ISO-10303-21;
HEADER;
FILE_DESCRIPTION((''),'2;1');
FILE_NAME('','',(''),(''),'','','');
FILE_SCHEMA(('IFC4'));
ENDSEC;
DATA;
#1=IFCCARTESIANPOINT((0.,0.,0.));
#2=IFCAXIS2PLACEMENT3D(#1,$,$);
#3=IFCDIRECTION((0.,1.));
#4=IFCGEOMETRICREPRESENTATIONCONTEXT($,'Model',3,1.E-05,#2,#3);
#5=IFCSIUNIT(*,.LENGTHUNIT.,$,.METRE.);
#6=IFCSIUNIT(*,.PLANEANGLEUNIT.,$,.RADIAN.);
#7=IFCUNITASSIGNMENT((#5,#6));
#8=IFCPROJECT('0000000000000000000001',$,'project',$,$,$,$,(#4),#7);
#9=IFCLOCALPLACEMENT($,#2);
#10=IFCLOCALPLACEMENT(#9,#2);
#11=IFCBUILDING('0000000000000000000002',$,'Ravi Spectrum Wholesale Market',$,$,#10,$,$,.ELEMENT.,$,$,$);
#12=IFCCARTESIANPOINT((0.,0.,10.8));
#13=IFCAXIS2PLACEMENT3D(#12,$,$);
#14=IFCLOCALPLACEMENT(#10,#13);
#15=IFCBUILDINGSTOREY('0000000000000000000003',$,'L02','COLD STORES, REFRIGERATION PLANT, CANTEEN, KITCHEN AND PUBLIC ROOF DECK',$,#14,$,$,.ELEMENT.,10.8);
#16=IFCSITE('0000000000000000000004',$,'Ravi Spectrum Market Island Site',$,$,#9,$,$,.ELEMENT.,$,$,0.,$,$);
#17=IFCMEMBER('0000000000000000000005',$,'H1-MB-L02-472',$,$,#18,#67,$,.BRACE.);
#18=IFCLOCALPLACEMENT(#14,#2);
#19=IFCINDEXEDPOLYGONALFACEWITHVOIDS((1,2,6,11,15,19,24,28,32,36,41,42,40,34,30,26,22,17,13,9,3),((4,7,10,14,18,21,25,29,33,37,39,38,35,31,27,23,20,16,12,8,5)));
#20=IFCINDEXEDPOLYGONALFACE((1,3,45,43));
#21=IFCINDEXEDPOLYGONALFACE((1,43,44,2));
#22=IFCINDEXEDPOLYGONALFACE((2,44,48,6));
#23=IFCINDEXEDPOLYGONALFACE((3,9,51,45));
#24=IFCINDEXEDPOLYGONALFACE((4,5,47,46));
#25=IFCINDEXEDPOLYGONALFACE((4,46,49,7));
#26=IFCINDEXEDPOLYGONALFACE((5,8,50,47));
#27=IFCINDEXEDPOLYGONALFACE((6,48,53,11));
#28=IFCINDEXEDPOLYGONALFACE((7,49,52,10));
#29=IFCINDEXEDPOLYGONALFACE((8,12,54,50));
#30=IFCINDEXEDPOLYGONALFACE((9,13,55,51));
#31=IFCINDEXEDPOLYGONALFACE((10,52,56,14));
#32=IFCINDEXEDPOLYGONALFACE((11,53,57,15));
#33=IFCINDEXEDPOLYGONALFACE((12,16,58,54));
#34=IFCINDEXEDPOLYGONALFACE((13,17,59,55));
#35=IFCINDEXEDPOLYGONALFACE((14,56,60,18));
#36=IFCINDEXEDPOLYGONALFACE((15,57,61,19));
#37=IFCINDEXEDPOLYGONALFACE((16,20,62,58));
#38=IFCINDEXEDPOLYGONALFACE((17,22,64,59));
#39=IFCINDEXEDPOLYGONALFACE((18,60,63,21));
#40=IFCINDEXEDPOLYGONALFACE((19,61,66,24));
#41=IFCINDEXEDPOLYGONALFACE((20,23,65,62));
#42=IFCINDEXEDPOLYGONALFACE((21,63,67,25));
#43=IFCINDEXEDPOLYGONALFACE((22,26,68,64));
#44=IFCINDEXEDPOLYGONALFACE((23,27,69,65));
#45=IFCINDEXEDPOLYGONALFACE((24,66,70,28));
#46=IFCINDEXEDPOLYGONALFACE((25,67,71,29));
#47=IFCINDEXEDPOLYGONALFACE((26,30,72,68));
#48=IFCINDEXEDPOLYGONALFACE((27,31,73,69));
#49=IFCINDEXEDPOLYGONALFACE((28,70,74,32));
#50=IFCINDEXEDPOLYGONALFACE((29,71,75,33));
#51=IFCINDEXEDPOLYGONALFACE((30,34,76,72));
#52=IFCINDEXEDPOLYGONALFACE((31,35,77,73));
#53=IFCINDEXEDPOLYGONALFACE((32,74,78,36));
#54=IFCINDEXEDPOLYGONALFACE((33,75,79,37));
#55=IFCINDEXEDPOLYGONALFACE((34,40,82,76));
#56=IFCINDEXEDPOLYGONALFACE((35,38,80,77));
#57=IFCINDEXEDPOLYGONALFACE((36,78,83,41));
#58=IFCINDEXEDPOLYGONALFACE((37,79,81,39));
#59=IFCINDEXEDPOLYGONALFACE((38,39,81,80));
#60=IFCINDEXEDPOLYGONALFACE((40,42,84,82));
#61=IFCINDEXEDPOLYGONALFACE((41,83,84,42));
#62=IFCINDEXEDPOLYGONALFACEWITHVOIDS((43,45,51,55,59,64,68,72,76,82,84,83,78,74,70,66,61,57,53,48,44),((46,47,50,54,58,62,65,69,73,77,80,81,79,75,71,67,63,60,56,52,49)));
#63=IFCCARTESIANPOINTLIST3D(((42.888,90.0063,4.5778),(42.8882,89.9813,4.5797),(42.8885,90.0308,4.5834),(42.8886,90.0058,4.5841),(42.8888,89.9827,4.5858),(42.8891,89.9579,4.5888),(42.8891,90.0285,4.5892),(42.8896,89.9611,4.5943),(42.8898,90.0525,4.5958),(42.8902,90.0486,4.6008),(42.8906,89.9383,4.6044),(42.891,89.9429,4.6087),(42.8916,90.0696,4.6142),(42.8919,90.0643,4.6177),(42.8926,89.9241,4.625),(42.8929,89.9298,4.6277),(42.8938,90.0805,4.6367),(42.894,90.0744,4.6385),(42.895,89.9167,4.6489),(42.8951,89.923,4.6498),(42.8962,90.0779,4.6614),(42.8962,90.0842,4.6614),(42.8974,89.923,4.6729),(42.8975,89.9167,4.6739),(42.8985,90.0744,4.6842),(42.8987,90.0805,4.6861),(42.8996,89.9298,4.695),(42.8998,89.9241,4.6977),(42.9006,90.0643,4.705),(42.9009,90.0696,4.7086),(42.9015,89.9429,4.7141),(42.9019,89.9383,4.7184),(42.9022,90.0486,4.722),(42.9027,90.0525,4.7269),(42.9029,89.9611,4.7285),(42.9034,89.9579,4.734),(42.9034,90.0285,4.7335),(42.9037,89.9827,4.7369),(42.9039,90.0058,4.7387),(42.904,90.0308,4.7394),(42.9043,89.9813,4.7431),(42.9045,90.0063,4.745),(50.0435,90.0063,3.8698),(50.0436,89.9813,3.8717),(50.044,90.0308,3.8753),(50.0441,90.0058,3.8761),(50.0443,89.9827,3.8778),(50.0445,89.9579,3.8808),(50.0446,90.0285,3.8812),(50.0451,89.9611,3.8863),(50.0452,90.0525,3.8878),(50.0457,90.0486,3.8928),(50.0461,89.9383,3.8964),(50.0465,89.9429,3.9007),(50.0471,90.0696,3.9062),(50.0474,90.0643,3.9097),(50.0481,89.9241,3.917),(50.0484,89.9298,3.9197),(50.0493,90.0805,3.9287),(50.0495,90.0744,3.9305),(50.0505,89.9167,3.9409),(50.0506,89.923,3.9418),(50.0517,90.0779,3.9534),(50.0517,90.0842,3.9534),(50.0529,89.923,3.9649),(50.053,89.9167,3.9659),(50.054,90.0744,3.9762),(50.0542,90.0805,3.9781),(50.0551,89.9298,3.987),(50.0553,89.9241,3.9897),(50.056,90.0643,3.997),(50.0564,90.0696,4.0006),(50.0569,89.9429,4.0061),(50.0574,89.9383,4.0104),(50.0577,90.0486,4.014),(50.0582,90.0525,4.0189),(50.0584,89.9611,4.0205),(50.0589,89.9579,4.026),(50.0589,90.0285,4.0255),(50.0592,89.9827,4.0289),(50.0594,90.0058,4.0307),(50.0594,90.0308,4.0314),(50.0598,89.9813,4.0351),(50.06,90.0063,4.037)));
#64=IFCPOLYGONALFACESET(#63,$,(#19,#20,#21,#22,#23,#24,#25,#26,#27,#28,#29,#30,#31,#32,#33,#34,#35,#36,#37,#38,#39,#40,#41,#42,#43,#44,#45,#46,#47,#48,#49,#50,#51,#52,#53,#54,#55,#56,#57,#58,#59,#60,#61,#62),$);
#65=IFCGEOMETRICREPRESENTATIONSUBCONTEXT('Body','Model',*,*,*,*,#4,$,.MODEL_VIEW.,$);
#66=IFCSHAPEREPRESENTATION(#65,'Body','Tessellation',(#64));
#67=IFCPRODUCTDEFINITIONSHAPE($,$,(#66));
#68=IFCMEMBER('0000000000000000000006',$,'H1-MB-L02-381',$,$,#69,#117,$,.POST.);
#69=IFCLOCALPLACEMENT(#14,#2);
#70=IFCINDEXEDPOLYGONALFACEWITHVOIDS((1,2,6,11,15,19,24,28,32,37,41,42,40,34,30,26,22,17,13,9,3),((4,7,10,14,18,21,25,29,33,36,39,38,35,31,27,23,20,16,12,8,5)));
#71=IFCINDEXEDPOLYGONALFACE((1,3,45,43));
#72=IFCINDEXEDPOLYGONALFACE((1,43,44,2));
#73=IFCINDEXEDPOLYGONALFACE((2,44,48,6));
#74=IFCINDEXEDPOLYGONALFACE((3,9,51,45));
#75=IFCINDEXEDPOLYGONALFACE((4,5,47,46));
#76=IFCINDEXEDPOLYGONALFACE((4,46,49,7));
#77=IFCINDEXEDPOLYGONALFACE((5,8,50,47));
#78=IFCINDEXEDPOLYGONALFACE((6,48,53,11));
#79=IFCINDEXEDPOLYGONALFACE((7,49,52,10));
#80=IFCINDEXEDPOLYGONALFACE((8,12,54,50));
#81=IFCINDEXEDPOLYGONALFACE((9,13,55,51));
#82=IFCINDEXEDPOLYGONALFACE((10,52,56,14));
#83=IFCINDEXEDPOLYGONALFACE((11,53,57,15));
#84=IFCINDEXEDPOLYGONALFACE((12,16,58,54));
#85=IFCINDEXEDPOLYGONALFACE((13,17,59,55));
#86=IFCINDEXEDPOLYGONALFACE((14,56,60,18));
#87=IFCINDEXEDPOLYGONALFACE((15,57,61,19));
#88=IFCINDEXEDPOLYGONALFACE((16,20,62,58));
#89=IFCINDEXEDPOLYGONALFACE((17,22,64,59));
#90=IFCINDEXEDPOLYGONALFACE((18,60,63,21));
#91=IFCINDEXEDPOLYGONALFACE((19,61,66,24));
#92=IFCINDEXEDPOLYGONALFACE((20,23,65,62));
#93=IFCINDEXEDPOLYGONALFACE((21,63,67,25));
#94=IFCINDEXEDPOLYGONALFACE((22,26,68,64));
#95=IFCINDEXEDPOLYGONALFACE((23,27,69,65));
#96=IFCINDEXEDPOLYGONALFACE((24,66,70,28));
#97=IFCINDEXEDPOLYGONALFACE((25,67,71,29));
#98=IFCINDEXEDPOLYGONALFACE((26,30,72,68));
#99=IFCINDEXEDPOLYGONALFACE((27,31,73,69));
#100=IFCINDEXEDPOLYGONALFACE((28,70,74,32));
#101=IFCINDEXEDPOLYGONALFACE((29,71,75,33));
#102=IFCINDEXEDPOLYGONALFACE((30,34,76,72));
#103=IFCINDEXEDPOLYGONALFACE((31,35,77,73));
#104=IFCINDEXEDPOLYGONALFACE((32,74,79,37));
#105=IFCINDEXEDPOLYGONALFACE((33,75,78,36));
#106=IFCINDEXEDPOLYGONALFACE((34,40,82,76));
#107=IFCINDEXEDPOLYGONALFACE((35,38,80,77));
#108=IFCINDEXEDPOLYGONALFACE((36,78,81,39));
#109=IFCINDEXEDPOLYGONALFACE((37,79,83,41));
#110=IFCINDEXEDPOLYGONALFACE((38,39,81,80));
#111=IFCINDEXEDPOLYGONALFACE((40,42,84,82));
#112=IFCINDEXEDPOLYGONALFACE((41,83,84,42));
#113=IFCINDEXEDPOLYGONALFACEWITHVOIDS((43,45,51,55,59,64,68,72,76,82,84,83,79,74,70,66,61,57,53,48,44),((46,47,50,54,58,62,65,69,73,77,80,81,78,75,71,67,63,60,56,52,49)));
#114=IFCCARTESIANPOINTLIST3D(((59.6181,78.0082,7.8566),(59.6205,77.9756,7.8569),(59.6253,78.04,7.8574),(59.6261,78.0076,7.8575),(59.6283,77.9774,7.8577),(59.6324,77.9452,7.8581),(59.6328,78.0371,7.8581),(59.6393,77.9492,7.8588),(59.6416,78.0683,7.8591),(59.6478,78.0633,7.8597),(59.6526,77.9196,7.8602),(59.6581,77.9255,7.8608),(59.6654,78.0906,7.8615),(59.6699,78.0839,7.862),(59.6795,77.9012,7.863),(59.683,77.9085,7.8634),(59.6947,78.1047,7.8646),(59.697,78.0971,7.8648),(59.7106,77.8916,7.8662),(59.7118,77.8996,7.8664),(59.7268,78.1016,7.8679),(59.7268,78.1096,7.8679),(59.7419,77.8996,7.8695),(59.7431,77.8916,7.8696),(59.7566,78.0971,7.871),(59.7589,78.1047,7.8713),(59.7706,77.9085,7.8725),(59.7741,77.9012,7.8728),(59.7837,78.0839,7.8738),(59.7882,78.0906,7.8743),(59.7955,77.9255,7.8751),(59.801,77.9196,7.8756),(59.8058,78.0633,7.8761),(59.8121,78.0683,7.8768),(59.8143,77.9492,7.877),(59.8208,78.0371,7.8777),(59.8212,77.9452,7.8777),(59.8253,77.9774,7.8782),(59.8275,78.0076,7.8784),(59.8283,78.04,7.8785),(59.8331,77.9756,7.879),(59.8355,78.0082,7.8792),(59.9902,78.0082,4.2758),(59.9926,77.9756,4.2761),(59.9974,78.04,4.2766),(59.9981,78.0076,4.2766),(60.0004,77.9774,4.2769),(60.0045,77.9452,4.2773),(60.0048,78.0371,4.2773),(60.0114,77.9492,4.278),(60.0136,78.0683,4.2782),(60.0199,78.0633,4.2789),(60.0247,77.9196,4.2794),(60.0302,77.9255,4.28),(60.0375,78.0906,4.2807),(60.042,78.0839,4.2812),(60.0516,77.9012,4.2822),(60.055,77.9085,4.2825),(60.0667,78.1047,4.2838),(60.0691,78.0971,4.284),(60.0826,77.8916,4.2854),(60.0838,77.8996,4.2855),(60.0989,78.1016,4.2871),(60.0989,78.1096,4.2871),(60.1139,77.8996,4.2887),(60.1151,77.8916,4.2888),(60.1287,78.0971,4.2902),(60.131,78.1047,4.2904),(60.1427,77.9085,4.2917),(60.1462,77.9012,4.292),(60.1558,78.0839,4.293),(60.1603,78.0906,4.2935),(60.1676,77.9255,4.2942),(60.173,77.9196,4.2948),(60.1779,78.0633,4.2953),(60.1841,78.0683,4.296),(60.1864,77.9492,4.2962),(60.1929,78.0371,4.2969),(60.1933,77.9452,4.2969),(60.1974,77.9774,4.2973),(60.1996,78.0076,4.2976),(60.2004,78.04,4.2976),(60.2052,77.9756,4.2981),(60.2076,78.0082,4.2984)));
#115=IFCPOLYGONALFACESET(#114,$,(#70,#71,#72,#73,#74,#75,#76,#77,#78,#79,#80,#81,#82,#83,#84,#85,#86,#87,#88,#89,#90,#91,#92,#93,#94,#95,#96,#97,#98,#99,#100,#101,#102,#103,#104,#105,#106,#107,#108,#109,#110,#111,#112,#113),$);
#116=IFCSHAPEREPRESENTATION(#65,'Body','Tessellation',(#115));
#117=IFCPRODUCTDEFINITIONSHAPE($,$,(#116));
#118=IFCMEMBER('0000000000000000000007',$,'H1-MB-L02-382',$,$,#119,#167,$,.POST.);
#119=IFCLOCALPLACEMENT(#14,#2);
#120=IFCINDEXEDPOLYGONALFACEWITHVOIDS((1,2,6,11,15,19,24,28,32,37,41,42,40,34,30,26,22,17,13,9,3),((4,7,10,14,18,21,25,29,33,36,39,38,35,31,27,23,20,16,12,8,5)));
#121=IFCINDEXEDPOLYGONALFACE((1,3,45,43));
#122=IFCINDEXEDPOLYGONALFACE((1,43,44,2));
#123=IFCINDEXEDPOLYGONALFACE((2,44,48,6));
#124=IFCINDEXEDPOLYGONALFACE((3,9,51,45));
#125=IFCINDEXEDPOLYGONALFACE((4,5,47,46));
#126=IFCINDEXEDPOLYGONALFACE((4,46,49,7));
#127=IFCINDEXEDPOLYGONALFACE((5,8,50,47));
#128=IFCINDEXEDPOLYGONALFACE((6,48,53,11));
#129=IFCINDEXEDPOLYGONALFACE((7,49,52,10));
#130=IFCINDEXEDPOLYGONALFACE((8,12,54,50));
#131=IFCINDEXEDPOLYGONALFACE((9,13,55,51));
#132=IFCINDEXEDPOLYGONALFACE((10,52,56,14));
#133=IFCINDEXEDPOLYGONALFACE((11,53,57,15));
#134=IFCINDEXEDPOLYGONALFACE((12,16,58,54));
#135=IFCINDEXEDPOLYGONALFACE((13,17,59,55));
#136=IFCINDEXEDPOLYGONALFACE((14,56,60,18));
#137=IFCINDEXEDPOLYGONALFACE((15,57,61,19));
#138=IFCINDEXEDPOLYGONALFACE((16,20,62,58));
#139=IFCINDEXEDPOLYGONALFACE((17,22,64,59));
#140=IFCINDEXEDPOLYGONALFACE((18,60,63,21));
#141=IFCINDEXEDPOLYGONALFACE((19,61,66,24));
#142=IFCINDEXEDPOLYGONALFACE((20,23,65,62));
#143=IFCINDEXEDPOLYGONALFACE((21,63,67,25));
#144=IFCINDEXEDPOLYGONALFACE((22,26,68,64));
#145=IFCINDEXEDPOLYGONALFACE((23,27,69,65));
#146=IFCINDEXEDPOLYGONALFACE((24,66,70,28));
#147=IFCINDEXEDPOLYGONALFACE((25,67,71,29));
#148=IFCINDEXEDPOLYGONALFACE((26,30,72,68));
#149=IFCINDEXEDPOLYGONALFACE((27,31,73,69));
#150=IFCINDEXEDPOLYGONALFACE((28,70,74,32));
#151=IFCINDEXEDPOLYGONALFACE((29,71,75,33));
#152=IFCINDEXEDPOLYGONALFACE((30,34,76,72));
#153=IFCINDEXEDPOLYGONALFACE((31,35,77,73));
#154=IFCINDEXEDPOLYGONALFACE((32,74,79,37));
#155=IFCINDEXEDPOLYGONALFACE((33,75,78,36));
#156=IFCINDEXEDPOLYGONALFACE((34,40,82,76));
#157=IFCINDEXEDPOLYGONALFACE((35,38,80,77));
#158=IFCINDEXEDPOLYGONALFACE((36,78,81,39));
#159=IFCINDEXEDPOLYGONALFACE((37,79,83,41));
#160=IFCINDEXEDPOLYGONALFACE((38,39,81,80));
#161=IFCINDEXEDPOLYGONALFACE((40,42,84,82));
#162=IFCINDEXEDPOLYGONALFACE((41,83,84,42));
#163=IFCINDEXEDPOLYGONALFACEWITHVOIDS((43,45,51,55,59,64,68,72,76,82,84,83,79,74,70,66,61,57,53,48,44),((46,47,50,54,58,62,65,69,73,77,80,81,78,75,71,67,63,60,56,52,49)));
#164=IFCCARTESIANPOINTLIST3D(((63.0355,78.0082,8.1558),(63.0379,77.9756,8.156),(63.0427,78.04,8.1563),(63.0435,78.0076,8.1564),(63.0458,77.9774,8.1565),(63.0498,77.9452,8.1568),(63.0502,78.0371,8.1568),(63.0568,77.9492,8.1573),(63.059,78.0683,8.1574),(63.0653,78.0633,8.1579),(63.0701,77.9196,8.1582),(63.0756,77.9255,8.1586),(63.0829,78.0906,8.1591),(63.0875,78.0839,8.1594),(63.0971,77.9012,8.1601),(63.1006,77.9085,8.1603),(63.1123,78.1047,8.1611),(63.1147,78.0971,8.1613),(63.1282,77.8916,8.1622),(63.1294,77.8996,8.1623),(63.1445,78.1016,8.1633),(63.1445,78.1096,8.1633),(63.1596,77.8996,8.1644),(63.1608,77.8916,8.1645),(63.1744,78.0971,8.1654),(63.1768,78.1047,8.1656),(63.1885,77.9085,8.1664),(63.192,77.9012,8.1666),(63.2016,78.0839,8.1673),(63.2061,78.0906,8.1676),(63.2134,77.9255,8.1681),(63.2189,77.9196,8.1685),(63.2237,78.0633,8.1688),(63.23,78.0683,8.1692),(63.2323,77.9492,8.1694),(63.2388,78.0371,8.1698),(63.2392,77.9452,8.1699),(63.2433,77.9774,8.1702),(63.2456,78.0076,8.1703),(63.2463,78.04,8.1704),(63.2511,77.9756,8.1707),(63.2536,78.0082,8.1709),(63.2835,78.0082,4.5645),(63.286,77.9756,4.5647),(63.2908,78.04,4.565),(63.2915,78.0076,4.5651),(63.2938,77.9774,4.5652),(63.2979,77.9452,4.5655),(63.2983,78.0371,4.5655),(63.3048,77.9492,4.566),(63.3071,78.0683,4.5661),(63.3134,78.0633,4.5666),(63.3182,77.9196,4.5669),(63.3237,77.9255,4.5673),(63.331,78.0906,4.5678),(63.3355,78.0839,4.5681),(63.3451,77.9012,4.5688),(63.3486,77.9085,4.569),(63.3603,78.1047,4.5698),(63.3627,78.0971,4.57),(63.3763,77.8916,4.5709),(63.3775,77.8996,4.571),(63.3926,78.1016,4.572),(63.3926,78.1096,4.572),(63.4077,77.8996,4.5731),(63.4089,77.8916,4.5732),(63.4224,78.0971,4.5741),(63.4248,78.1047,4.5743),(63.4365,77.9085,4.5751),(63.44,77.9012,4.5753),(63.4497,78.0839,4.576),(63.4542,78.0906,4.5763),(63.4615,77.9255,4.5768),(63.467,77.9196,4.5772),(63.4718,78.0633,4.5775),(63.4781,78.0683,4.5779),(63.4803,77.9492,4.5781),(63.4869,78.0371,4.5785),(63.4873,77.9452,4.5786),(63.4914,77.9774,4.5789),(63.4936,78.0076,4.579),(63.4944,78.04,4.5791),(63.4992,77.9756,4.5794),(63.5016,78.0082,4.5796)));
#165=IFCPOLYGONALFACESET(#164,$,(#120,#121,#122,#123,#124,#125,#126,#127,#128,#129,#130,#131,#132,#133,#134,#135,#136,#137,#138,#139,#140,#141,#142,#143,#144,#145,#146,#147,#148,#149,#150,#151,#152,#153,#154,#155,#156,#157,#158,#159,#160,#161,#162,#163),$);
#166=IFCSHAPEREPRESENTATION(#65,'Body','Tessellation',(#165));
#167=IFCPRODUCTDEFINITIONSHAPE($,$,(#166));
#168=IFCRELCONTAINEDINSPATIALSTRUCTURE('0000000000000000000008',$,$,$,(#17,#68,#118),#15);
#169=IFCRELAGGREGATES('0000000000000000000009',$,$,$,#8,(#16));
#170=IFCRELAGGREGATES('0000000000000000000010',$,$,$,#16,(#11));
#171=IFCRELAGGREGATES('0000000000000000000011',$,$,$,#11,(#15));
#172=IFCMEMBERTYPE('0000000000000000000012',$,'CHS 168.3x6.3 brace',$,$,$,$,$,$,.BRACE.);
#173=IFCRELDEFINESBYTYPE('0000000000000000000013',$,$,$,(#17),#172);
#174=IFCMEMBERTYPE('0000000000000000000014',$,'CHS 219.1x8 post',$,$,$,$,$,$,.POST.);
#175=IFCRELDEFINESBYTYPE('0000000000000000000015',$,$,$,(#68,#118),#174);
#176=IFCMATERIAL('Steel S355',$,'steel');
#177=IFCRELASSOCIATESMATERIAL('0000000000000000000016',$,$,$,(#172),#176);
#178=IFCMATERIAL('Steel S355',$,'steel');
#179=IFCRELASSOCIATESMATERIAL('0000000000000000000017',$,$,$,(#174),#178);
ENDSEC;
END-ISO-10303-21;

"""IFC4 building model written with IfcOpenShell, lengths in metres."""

from ifc_helpers import new_model, si_unit, direction, frame, origin, origin_2d, place, context, subcontext, project, spatial, hollow_circle, extrude, material, material_profile, profile_set, type_object, element, save


model = new_model("IFC4")

# Units and contexts
model_context = context("Model", 3, precision=1e-05, world=origin(), true_north=direction((0.0, 1.0)))
body_context = subcontext(model_context, "Body", "Model", "MODEL_VIEW")
ifc_project = project(units=[si_unit("LENGTHUNIT", "METRE"), si_unit("PLANEANGLEUNIT", "RADIAN")], contexts=[model_context])

# Site, building, storey
site_placement = place(None, origin())
site = spatial("IfcSite", under=ifc_project, at=site_placement, Name="Ravi Spectrum Market Island Site", CompositionType="ELEMENT", RefElevation=0.0)
building_placement = place(site_placement, origin())
building = spatial("IfcBuilding", under=site, at=building_placement, Name="Ravi Spectrum Wholesale Market", CompositionType="ELEMENT")
storey_placement = place(building_placement, frame((0.0, 0.0, 10.8)))
storey = spatial("IfcBuildingStorey", under=building, at=storey_placement, Name="L02", Description="COLD STORES, REFRIGERATION PLANT, CANTEEN, KITCHEN AND PUBLIC ROOF DECK", CompositionType="ELEMENT", Elevation=10.8)

# Members
ifc_material_1 = material(Name="Steel S355", Category="steel")
ifc_material_profile_1 = material_profile(ifc_material_1, hollow_circle(Radius=0.0842, WallThickness=0.0063, at=origin_2d()))
ifc_profile_set_1 = profile_set([ifc_material_profile_1], Name="Steel S355")
member_type_1 = type_object("IfcMemberType", Name="CHS 168.3x6.3 brace", PredefinedType="BRACE", material=ifc_profile_set_1)
member_1_placement = place(storey_placement, frame((42.8962, 90.0, 4.6614), z_axis=(0.995141, 0.0, -0.098465), x_axis=(0.0, 1.0, 0.0)))
element("IfcMember", 1, at=member_1_placement, inside=storey, type_object=member_type_1, Name="H1-MB-L02-472", PredefinedType="BRACE", context=body_context, shape_type="SweptSolid", body=[
    extrude(hollow_circle(Radius=0.0842, WallThickness=0.0063, at=origin_2d()), origin(), (0.0, 0.0, 1.0), 7.1904),
])
ifc_material_2 = material(Name="Steel S355", Category="steel")
ifc_material_profile_2 = material_profile(ifc_material_2, hollow_circle(Radius=0.1096, WallThickness=0.0081, at=origin_2d()))
ifc_profile_set_2 = profile_set([ifc_material_profile_2], Name="Steel S355")
member_type_2 = type_object("IfcMemberType", Name="CHS 219.1x8 post", PredefinedType="POST", material=ifc_profile_set_2)
member_2_placement = place(storey_placement, frame((59.7268, 78.0, 7.8679), z_axis=(0.10335, 0.0, -0.994645), x_axis=(0.0, 1.0, 0.0)))
element("IfcMember", 2, at=member_2_placement, inside=storey, type_object=member_type_2, Name="H1-MB-L02-381", PredefinedType="POST", context=body_context, shape_type="SweptSolid", body=[
    extrude(hollow_circle(Radius=0.1096, WallThickness=0.0081, at=origin_2d()), origin(), (0.0, 0.0, 1.0), 3.6001),
])
member_3_placement = place(storey_placement, frame((63.1445, 78.0, 8.1633), z_axis=(0.068905, 0.0, -0.997623), x_axis=(0.0, 1.0, 0.0)))
element("IfcMember", 3, at=member_3_placement, inside=storey, type_object=member_type_2, Name="H1-MB-L02-382", PredefinedType="POST", context=body_context, shape_type="SweptSolid", body=[
    extrude(hollow_circle(Radius=0.1096, WallThickness=0.0081, at=origin_2d()), origin(), (0.0, 0.0, 1.0), 3.5999),
])

save(model, "model.ifc")
